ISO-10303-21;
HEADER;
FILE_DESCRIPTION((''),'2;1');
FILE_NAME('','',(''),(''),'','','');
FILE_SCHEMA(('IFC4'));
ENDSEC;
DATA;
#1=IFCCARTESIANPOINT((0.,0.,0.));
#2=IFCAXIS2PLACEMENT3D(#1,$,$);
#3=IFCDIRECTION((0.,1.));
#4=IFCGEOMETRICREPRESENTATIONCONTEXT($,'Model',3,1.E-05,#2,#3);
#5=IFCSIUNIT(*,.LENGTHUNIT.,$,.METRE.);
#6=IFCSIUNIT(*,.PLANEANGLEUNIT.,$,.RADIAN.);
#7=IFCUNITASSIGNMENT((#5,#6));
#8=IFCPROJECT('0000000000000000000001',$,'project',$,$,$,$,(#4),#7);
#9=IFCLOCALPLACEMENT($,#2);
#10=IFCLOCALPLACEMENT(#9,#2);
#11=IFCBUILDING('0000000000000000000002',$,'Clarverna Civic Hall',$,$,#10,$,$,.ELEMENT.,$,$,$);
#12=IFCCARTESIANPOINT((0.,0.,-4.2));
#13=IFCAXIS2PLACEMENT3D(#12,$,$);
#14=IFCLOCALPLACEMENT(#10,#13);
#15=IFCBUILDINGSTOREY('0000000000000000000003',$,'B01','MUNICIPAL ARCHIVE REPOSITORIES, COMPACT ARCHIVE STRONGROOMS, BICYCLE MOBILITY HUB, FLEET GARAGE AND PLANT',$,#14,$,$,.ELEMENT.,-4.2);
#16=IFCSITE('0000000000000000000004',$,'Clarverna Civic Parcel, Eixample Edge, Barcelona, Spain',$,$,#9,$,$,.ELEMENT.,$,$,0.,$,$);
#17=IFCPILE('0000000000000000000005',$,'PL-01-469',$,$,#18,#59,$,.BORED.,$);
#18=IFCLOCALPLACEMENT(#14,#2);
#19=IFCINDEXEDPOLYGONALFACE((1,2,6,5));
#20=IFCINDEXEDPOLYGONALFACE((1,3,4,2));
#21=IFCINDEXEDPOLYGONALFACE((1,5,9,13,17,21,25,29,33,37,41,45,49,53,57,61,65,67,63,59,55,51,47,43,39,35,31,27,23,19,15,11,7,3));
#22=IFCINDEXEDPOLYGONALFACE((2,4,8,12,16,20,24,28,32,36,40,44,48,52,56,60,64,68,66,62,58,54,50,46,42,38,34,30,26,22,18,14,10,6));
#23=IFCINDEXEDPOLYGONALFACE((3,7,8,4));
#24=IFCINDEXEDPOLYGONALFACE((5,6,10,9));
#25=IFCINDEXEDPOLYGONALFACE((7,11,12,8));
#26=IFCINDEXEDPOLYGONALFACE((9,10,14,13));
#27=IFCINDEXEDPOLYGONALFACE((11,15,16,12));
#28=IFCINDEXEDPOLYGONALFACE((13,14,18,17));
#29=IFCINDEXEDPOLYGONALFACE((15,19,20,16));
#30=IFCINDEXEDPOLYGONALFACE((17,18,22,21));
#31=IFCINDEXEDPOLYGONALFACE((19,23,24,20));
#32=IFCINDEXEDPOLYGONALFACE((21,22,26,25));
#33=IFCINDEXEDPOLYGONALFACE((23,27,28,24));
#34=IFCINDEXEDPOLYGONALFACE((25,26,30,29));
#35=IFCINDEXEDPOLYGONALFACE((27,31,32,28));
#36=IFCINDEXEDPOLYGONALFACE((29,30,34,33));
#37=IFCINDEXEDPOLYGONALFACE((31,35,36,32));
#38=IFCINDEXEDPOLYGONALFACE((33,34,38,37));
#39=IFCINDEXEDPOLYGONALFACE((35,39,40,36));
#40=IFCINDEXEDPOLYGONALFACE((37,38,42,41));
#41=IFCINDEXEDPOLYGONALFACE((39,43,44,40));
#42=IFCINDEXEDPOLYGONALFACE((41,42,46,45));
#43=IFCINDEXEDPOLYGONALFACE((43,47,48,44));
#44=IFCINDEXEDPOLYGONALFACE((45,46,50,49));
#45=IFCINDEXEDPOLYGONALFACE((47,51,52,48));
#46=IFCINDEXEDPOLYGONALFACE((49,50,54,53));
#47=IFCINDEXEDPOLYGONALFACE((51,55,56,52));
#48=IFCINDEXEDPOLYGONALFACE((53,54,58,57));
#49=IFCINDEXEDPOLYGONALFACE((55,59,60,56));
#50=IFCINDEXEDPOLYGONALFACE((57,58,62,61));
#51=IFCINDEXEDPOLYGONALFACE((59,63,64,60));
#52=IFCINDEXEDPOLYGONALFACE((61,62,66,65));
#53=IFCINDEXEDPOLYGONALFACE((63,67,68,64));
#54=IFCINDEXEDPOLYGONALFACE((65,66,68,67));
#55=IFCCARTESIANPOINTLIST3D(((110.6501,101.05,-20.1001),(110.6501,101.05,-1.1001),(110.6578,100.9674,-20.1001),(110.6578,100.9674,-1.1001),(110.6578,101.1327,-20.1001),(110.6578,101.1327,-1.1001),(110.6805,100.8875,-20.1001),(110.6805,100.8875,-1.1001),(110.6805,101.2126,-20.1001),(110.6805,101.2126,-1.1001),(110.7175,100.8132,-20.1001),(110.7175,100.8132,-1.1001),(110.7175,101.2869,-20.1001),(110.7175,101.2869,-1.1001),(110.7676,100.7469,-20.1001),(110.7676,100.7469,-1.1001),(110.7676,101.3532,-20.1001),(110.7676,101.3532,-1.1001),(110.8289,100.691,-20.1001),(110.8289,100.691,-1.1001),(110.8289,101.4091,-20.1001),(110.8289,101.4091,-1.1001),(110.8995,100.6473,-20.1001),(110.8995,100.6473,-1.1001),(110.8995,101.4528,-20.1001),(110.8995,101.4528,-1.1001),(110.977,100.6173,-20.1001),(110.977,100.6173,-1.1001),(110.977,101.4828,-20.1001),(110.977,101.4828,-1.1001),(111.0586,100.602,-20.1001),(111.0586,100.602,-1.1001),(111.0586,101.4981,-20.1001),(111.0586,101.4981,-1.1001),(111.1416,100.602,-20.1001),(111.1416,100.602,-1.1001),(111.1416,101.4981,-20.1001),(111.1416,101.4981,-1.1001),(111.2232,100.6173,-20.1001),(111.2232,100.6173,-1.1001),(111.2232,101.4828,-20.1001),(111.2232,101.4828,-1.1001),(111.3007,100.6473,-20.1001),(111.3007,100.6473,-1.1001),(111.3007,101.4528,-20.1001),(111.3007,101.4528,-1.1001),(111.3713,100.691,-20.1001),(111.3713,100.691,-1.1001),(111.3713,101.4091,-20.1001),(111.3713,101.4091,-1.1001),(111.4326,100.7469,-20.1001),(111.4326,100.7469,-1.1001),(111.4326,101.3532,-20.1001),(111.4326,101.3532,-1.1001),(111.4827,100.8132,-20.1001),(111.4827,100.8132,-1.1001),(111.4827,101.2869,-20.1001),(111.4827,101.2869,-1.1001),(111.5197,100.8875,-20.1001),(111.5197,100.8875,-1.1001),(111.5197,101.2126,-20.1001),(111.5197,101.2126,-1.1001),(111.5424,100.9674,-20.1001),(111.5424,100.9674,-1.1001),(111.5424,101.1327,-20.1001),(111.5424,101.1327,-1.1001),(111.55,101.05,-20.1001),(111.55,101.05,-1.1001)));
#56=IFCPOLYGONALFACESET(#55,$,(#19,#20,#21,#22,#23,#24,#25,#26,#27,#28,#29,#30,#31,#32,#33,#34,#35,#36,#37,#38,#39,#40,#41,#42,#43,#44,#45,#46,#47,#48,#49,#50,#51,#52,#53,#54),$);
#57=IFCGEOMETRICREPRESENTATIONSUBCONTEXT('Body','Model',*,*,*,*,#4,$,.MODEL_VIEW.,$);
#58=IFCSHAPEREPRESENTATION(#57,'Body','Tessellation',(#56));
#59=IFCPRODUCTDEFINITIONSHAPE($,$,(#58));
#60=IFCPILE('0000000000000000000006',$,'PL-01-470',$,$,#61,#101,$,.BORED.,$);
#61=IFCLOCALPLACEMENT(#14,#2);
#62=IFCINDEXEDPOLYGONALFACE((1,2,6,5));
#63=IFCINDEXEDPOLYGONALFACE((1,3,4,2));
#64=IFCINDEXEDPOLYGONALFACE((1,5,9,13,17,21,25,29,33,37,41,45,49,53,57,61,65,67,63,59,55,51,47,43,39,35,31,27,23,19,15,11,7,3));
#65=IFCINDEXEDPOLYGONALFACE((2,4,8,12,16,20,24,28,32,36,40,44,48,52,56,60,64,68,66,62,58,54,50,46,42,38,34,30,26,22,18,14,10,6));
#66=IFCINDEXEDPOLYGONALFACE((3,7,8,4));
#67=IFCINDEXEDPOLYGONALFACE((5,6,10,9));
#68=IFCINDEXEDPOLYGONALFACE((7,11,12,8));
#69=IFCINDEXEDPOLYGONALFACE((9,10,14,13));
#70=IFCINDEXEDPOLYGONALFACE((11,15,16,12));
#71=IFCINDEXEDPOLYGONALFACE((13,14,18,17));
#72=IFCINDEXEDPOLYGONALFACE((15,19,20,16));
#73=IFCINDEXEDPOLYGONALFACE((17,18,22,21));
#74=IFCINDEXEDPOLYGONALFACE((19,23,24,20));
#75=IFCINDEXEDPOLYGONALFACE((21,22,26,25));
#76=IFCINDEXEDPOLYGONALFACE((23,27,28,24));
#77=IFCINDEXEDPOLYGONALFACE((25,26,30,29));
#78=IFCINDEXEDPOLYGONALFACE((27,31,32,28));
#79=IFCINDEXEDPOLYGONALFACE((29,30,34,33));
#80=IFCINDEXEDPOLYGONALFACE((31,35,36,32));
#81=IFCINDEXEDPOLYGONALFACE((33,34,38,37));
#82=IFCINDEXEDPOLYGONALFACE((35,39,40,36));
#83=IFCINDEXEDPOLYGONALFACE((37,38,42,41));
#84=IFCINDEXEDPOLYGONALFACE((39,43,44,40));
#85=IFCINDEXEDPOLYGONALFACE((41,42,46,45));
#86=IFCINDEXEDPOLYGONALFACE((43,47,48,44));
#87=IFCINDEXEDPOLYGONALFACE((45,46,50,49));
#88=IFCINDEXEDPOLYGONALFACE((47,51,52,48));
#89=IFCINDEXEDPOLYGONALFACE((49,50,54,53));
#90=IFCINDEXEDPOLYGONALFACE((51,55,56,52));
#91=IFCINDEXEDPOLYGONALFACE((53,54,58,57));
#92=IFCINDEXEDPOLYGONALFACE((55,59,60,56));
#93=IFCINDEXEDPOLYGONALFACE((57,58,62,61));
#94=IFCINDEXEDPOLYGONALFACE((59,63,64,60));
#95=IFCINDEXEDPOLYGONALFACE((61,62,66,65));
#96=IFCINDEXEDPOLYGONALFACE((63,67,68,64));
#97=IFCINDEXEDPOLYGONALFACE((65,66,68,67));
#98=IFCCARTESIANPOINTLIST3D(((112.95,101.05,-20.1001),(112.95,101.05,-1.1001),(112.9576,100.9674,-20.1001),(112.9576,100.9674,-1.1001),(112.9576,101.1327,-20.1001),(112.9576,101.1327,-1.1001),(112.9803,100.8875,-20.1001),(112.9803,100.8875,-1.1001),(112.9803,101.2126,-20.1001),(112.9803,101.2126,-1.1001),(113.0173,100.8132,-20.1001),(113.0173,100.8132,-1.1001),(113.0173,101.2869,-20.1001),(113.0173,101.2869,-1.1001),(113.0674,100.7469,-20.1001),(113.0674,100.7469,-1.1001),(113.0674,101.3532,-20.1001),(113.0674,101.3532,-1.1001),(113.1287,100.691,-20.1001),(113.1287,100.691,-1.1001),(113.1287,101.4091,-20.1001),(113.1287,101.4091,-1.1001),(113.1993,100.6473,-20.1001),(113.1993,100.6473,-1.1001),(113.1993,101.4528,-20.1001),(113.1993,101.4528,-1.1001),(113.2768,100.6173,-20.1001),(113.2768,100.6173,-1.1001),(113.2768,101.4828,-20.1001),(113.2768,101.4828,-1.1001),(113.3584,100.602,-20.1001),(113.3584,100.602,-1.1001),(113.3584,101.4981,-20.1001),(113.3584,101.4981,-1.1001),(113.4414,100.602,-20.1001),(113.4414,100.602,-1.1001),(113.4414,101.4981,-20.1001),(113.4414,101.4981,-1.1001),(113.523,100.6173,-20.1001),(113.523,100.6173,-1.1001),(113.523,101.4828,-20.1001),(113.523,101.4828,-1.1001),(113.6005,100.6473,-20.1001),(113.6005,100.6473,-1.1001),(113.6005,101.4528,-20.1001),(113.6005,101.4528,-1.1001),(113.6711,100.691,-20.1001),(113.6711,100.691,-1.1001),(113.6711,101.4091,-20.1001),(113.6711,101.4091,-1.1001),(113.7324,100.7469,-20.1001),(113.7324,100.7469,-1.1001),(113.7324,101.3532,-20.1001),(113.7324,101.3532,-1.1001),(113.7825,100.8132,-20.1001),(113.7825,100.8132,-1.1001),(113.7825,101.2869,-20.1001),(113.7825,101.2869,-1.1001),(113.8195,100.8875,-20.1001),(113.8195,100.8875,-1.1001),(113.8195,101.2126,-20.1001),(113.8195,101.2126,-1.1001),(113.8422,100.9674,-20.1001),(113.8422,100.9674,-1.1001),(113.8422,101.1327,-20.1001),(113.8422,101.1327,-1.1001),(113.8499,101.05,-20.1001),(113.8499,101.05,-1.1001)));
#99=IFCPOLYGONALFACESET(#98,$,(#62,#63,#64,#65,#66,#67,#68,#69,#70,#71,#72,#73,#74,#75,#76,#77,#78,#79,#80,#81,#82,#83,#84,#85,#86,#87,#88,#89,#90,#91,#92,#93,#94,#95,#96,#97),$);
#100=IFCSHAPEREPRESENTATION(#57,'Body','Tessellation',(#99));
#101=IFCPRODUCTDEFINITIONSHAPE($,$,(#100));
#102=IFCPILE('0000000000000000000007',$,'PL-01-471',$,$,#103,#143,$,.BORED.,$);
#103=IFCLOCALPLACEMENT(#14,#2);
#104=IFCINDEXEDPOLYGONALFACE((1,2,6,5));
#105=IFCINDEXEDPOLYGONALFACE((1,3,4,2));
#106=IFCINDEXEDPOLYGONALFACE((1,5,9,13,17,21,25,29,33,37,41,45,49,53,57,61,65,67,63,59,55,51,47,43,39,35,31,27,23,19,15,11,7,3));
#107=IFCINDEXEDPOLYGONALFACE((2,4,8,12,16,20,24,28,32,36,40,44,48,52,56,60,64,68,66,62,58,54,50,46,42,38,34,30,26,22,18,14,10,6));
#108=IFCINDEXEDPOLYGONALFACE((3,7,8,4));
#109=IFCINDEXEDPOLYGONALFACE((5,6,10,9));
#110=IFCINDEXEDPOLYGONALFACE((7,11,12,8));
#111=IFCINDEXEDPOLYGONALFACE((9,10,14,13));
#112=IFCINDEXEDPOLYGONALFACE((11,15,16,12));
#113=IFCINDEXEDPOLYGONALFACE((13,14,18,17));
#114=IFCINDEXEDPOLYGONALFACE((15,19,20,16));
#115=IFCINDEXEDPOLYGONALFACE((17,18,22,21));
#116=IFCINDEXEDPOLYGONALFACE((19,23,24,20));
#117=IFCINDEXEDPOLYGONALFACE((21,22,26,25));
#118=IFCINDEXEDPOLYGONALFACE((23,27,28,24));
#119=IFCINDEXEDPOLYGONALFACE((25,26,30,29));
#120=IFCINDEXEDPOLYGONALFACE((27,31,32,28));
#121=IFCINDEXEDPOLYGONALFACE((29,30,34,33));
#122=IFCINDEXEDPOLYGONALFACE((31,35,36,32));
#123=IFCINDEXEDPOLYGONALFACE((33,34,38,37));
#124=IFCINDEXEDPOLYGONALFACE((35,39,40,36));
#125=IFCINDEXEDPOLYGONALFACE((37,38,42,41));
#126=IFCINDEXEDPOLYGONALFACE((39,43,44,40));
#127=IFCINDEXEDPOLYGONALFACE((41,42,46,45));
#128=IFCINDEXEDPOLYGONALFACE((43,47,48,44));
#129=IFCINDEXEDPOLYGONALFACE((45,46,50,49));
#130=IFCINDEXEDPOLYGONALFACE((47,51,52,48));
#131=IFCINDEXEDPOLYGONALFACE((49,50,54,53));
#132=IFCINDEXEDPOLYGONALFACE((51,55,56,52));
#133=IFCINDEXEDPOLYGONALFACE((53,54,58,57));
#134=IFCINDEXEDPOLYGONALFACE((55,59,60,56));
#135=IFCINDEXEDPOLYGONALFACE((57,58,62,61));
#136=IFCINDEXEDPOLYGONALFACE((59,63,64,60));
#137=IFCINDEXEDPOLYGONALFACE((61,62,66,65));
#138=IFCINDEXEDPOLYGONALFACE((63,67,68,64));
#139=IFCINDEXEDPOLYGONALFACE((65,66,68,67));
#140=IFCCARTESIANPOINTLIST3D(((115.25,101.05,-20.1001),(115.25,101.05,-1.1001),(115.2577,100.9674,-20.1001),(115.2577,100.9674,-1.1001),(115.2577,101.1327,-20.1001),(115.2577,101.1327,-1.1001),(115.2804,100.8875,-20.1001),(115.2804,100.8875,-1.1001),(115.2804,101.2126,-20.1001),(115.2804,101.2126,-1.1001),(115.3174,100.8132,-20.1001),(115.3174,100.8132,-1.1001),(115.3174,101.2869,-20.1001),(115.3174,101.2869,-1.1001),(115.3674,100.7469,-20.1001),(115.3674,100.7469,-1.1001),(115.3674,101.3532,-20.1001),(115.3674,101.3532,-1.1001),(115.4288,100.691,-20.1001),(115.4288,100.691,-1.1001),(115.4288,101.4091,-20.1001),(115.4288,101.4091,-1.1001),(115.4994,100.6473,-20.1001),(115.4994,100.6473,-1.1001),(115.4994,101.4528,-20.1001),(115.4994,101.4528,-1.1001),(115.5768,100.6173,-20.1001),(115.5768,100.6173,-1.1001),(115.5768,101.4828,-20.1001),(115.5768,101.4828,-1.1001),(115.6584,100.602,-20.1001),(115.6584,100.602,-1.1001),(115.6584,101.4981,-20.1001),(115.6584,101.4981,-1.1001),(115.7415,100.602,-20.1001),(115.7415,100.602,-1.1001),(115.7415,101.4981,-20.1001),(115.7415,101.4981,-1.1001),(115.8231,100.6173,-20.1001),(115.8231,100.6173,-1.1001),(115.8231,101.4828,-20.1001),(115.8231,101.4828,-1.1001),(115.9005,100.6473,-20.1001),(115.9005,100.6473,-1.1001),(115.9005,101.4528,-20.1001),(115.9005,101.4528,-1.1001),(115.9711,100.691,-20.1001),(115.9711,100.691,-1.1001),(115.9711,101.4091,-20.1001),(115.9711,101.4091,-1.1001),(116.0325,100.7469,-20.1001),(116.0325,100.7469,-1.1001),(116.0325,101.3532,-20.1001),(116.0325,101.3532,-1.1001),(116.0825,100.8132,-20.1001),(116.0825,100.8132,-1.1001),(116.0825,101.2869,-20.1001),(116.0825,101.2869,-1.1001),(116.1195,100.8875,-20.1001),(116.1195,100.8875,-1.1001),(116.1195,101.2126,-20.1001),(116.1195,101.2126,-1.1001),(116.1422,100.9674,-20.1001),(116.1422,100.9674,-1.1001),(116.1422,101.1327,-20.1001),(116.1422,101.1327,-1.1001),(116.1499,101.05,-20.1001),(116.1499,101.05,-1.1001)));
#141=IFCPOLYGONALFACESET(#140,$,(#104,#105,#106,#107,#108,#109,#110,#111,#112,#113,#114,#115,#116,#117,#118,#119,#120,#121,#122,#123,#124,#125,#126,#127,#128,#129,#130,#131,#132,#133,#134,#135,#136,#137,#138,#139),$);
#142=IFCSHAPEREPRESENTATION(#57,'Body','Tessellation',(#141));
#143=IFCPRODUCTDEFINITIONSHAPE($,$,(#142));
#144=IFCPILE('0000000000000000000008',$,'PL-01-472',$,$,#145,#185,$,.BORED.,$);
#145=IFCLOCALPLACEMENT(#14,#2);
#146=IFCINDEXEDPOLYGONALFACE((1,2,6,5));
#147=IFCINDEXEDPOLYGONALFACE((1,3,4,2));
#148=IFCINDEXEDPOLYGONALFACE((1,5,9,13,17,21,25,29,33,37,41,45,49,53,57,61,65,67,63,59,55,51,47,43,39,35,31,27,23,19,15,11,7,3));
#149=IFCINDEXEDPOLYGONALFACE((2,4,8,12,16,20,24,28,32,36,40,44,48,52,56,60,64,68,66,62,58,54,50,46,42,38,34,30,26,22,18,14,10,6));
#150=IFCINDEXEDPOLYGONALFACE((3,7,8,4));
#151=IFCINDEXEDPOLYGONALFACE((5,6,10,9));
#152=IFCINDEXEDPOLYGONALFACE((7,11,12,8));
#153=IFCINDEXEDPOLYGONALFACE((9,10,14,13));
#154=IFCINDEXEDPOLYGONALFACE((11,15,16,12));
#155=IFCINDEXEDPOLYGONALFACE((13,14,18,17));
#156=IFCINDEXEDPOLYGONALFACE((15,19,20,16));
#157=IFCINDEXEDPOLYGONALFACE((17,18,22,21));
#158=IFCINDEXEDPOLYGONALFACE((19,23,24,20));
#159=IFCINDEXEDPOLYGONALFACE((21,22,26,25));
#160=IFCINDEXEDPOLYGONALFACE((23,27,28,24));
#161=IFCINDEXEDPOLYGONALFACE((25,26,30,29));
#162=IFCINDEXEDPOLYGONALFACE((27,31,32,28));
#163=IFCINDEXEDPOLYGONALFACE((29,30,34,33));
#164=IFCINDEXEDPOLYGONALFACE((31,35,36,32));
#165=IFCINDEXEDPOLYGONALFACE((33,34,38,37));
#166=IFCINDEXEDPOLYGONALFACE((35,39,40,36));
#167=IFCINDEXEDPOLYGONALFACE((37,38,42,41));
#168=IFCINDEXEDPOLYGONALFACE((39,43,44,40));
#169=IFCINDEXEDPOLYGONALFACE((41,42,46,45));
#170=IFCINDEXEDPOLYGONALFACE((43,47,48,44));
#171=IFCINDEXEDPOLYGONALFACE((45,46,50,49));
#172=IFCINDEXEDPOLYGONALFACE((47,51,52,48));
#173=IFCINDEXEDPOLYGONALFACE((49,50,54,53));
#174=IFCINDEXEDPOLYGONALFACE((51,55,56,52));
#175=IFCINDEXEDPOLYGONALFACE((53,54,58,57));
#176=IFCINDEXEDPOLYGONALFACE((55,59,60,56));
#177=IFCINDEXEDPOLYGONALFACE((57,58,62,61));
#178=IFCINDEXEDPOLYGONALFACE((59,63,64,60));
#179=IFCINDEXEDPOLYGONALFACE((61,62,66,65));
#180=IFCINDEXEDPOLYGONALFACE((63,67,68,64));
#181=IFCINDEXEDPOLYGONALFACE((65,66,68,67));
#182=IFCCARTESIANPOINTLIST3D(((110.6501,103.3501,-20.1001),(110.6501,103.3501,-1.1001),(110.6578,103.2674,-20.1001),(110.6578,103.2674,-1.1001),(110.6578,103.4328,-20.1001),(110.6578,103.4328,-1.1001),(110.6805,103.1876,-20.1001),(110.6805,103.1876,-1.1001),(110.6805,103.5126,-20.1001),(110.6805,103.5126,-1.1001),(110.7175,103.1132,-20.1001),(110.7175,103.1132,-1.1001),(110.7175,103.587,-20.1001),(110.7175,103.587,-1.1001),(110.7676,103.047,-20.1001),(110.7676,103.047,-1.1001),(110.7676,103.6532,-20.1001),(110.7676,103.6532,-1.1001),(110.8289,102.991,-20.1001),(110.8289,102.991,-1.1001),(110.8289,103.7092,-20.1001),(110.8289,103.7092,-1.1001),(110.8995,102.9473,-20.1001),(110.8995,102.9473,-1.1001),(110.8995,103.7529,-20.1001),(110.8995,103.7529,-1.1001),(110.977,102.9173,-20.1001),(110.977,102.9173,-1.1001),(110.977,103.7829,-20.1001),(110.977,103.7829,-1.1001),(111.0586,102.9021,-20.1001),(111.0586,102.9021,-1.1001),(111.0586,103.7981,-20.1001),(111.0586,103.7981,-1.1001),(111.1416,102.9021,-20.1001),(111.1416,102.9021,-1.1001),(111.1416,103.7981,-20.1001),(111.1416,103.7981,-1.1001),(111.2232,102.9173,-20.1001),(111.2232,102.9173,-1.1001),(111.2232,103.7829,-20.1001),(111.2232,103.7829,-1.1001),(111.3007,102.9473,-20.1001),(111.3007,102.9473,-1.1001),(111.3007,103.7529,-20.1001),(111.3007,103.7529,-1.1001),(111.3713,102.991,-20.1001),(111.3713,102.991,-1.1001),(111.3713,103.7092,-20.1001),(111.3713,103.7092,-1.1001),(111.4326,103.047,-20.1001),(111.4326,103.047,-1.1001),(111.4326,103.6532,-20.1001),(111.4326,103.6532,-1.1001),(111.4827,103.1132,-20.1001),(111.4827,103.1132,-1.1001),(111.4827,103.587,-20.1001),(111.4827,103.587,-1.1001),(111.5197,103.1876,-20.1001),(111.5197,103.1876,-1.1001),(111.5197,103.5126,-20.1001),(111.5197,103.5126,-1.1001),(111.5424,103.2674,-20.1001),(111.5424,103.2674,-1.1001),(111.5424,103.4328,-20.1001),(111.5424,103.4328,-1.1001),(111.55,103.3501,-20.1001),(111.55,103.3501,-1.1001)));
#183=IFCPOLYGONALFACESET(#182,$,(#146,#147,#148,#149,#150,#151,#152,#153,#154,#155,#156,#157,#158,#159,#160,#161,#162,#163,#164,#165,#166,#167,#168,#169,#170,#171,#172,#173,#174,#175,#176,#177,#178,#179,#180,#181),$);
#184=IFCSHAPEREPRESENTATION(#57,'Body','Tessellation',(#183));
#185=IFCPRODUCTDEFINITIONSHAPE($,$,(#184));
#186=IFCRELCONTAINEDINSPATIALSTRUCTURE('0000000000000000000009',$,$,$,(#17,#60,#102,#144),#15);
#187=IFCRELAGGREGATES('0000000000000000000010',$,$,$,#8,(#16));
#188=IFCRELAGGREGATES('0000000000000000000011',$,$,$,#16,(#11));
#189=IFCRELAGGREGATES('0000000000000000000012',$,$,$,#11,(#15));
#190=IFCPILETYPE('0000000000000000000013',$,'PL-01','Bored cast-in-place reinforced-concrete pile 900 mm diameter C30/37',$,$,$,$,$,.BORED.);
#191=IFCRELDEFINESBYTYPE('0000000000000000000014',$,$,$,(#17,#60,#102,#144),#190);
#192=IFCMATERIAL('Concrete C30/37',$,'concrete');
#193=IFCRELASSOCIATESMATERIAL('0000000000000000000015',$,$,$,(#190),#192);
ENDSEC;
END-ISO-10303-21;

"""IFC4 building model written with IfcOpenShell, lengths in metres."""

from ifc_helpers import new_model, si_unit, direction, frame, origin, origin_2d, place, context, subcontext, project, spatial, circle, extrude, material, material_profile, profile_set, type_object, element, save


model = new_model("IFC4")

# Units and contexts
model_context = context("Model", 3, precision=1e-05, world=origin(), true_north=direction((0.0, 1.0)))
body_context = subcontext(model_context, "Body", "Model", "MODEL_VIEW")
ifc_project = project(units=[si_unit("LENGTHUNIT", "METRE"), si_unit("PLANEANGLEUNIT", "RADIAN")], contexts=[model_context])

# Site, building, storey
site_placement = place(None, origin())
site = spatial("IfcSite", under=ifc_project, at=site_placement, Name="Clarverna Civic Parcel, Eixample Edge, Barcelona, Spain", CompositionType="ELEMENT", RefElevation=0.0)
building_placement = place(site_placement, origin())
building = spatial("IfcBuilding", under=site, at=building_placement, Name="Clarverna Civic Hall", CompositionType="ELEMENT")
storey_placement = place(building_placement, frame((0.0, 0.0, -4.2)))
storey = spatial("IfcBuildingStorey", under=building, at=storey_placement, Name="B01", Description="MUNICIPAL ARCHIVE REPOSITORIES, COMPACT ARCHIVE STRONGROOMS, BICYCLE MOBILITY HUB, FLEET GARAGE AND PLANT", CompositionType="ELEMENT", Elevation=-4.2)

# Shared definitions
ifc_material_1 = material(Name="Concrete C30/37", Category="concrete")

# Piles
ifc_material_profile_1 = material_profile(ifc_material_1, circle(Radius=0.45, at=origin_2d()), Name="BORED PILE D900")
ifc_profile_set_1 = profile_set([ifc_material_profile_1], Name="Concrete C30/37")
pile_type_1 = type_object("IfcPileType", Name="PL-01", Description="Bored cast-in-place reinforced-concrete pile 900 mm diameter C30/37", PredefinedType="BORED", material=ifc_profile_set_1)
for number, where, z_axis, x_axis, name in (
    (1, (111.1001, 101.05, -1.1001), (0.0, 0.0, -1.0), (1.0, 0.0, 0.0), "PL-01-469"),
    (2, (113.3999, 101.05, -1.1001), (0.0, 0.0, -1.0), (1.0, 0.0, 0.0), "PL-01-470"),
    (3, (115.7, 101.05, -1.1001), (0.0, 0.0, -1.0), (1.0, 0.0, 0.0), "PL-01-471"),
    (4, (111.1001, 103.3501, -1.1001), (0.0, 0.0, -1.0), (1.0, 0.0, 0.0), "PL-01-472"),
):
    element("IfcPile", number, at=place(storey_placement, frame(where, z_axis=z_axis, x_axis=x_axis)), inside=storey, type_object=pile_type_1, Name=name, PredefinedType="BORED", context=body_context, shape_type="SweptSolid", body=[
        extrude(circle(Radius=0.45, at=origin_2d()), origin(), (0.0, 0.0, 1.0), 19.0),
    ])

save(model, "model.ifc")
